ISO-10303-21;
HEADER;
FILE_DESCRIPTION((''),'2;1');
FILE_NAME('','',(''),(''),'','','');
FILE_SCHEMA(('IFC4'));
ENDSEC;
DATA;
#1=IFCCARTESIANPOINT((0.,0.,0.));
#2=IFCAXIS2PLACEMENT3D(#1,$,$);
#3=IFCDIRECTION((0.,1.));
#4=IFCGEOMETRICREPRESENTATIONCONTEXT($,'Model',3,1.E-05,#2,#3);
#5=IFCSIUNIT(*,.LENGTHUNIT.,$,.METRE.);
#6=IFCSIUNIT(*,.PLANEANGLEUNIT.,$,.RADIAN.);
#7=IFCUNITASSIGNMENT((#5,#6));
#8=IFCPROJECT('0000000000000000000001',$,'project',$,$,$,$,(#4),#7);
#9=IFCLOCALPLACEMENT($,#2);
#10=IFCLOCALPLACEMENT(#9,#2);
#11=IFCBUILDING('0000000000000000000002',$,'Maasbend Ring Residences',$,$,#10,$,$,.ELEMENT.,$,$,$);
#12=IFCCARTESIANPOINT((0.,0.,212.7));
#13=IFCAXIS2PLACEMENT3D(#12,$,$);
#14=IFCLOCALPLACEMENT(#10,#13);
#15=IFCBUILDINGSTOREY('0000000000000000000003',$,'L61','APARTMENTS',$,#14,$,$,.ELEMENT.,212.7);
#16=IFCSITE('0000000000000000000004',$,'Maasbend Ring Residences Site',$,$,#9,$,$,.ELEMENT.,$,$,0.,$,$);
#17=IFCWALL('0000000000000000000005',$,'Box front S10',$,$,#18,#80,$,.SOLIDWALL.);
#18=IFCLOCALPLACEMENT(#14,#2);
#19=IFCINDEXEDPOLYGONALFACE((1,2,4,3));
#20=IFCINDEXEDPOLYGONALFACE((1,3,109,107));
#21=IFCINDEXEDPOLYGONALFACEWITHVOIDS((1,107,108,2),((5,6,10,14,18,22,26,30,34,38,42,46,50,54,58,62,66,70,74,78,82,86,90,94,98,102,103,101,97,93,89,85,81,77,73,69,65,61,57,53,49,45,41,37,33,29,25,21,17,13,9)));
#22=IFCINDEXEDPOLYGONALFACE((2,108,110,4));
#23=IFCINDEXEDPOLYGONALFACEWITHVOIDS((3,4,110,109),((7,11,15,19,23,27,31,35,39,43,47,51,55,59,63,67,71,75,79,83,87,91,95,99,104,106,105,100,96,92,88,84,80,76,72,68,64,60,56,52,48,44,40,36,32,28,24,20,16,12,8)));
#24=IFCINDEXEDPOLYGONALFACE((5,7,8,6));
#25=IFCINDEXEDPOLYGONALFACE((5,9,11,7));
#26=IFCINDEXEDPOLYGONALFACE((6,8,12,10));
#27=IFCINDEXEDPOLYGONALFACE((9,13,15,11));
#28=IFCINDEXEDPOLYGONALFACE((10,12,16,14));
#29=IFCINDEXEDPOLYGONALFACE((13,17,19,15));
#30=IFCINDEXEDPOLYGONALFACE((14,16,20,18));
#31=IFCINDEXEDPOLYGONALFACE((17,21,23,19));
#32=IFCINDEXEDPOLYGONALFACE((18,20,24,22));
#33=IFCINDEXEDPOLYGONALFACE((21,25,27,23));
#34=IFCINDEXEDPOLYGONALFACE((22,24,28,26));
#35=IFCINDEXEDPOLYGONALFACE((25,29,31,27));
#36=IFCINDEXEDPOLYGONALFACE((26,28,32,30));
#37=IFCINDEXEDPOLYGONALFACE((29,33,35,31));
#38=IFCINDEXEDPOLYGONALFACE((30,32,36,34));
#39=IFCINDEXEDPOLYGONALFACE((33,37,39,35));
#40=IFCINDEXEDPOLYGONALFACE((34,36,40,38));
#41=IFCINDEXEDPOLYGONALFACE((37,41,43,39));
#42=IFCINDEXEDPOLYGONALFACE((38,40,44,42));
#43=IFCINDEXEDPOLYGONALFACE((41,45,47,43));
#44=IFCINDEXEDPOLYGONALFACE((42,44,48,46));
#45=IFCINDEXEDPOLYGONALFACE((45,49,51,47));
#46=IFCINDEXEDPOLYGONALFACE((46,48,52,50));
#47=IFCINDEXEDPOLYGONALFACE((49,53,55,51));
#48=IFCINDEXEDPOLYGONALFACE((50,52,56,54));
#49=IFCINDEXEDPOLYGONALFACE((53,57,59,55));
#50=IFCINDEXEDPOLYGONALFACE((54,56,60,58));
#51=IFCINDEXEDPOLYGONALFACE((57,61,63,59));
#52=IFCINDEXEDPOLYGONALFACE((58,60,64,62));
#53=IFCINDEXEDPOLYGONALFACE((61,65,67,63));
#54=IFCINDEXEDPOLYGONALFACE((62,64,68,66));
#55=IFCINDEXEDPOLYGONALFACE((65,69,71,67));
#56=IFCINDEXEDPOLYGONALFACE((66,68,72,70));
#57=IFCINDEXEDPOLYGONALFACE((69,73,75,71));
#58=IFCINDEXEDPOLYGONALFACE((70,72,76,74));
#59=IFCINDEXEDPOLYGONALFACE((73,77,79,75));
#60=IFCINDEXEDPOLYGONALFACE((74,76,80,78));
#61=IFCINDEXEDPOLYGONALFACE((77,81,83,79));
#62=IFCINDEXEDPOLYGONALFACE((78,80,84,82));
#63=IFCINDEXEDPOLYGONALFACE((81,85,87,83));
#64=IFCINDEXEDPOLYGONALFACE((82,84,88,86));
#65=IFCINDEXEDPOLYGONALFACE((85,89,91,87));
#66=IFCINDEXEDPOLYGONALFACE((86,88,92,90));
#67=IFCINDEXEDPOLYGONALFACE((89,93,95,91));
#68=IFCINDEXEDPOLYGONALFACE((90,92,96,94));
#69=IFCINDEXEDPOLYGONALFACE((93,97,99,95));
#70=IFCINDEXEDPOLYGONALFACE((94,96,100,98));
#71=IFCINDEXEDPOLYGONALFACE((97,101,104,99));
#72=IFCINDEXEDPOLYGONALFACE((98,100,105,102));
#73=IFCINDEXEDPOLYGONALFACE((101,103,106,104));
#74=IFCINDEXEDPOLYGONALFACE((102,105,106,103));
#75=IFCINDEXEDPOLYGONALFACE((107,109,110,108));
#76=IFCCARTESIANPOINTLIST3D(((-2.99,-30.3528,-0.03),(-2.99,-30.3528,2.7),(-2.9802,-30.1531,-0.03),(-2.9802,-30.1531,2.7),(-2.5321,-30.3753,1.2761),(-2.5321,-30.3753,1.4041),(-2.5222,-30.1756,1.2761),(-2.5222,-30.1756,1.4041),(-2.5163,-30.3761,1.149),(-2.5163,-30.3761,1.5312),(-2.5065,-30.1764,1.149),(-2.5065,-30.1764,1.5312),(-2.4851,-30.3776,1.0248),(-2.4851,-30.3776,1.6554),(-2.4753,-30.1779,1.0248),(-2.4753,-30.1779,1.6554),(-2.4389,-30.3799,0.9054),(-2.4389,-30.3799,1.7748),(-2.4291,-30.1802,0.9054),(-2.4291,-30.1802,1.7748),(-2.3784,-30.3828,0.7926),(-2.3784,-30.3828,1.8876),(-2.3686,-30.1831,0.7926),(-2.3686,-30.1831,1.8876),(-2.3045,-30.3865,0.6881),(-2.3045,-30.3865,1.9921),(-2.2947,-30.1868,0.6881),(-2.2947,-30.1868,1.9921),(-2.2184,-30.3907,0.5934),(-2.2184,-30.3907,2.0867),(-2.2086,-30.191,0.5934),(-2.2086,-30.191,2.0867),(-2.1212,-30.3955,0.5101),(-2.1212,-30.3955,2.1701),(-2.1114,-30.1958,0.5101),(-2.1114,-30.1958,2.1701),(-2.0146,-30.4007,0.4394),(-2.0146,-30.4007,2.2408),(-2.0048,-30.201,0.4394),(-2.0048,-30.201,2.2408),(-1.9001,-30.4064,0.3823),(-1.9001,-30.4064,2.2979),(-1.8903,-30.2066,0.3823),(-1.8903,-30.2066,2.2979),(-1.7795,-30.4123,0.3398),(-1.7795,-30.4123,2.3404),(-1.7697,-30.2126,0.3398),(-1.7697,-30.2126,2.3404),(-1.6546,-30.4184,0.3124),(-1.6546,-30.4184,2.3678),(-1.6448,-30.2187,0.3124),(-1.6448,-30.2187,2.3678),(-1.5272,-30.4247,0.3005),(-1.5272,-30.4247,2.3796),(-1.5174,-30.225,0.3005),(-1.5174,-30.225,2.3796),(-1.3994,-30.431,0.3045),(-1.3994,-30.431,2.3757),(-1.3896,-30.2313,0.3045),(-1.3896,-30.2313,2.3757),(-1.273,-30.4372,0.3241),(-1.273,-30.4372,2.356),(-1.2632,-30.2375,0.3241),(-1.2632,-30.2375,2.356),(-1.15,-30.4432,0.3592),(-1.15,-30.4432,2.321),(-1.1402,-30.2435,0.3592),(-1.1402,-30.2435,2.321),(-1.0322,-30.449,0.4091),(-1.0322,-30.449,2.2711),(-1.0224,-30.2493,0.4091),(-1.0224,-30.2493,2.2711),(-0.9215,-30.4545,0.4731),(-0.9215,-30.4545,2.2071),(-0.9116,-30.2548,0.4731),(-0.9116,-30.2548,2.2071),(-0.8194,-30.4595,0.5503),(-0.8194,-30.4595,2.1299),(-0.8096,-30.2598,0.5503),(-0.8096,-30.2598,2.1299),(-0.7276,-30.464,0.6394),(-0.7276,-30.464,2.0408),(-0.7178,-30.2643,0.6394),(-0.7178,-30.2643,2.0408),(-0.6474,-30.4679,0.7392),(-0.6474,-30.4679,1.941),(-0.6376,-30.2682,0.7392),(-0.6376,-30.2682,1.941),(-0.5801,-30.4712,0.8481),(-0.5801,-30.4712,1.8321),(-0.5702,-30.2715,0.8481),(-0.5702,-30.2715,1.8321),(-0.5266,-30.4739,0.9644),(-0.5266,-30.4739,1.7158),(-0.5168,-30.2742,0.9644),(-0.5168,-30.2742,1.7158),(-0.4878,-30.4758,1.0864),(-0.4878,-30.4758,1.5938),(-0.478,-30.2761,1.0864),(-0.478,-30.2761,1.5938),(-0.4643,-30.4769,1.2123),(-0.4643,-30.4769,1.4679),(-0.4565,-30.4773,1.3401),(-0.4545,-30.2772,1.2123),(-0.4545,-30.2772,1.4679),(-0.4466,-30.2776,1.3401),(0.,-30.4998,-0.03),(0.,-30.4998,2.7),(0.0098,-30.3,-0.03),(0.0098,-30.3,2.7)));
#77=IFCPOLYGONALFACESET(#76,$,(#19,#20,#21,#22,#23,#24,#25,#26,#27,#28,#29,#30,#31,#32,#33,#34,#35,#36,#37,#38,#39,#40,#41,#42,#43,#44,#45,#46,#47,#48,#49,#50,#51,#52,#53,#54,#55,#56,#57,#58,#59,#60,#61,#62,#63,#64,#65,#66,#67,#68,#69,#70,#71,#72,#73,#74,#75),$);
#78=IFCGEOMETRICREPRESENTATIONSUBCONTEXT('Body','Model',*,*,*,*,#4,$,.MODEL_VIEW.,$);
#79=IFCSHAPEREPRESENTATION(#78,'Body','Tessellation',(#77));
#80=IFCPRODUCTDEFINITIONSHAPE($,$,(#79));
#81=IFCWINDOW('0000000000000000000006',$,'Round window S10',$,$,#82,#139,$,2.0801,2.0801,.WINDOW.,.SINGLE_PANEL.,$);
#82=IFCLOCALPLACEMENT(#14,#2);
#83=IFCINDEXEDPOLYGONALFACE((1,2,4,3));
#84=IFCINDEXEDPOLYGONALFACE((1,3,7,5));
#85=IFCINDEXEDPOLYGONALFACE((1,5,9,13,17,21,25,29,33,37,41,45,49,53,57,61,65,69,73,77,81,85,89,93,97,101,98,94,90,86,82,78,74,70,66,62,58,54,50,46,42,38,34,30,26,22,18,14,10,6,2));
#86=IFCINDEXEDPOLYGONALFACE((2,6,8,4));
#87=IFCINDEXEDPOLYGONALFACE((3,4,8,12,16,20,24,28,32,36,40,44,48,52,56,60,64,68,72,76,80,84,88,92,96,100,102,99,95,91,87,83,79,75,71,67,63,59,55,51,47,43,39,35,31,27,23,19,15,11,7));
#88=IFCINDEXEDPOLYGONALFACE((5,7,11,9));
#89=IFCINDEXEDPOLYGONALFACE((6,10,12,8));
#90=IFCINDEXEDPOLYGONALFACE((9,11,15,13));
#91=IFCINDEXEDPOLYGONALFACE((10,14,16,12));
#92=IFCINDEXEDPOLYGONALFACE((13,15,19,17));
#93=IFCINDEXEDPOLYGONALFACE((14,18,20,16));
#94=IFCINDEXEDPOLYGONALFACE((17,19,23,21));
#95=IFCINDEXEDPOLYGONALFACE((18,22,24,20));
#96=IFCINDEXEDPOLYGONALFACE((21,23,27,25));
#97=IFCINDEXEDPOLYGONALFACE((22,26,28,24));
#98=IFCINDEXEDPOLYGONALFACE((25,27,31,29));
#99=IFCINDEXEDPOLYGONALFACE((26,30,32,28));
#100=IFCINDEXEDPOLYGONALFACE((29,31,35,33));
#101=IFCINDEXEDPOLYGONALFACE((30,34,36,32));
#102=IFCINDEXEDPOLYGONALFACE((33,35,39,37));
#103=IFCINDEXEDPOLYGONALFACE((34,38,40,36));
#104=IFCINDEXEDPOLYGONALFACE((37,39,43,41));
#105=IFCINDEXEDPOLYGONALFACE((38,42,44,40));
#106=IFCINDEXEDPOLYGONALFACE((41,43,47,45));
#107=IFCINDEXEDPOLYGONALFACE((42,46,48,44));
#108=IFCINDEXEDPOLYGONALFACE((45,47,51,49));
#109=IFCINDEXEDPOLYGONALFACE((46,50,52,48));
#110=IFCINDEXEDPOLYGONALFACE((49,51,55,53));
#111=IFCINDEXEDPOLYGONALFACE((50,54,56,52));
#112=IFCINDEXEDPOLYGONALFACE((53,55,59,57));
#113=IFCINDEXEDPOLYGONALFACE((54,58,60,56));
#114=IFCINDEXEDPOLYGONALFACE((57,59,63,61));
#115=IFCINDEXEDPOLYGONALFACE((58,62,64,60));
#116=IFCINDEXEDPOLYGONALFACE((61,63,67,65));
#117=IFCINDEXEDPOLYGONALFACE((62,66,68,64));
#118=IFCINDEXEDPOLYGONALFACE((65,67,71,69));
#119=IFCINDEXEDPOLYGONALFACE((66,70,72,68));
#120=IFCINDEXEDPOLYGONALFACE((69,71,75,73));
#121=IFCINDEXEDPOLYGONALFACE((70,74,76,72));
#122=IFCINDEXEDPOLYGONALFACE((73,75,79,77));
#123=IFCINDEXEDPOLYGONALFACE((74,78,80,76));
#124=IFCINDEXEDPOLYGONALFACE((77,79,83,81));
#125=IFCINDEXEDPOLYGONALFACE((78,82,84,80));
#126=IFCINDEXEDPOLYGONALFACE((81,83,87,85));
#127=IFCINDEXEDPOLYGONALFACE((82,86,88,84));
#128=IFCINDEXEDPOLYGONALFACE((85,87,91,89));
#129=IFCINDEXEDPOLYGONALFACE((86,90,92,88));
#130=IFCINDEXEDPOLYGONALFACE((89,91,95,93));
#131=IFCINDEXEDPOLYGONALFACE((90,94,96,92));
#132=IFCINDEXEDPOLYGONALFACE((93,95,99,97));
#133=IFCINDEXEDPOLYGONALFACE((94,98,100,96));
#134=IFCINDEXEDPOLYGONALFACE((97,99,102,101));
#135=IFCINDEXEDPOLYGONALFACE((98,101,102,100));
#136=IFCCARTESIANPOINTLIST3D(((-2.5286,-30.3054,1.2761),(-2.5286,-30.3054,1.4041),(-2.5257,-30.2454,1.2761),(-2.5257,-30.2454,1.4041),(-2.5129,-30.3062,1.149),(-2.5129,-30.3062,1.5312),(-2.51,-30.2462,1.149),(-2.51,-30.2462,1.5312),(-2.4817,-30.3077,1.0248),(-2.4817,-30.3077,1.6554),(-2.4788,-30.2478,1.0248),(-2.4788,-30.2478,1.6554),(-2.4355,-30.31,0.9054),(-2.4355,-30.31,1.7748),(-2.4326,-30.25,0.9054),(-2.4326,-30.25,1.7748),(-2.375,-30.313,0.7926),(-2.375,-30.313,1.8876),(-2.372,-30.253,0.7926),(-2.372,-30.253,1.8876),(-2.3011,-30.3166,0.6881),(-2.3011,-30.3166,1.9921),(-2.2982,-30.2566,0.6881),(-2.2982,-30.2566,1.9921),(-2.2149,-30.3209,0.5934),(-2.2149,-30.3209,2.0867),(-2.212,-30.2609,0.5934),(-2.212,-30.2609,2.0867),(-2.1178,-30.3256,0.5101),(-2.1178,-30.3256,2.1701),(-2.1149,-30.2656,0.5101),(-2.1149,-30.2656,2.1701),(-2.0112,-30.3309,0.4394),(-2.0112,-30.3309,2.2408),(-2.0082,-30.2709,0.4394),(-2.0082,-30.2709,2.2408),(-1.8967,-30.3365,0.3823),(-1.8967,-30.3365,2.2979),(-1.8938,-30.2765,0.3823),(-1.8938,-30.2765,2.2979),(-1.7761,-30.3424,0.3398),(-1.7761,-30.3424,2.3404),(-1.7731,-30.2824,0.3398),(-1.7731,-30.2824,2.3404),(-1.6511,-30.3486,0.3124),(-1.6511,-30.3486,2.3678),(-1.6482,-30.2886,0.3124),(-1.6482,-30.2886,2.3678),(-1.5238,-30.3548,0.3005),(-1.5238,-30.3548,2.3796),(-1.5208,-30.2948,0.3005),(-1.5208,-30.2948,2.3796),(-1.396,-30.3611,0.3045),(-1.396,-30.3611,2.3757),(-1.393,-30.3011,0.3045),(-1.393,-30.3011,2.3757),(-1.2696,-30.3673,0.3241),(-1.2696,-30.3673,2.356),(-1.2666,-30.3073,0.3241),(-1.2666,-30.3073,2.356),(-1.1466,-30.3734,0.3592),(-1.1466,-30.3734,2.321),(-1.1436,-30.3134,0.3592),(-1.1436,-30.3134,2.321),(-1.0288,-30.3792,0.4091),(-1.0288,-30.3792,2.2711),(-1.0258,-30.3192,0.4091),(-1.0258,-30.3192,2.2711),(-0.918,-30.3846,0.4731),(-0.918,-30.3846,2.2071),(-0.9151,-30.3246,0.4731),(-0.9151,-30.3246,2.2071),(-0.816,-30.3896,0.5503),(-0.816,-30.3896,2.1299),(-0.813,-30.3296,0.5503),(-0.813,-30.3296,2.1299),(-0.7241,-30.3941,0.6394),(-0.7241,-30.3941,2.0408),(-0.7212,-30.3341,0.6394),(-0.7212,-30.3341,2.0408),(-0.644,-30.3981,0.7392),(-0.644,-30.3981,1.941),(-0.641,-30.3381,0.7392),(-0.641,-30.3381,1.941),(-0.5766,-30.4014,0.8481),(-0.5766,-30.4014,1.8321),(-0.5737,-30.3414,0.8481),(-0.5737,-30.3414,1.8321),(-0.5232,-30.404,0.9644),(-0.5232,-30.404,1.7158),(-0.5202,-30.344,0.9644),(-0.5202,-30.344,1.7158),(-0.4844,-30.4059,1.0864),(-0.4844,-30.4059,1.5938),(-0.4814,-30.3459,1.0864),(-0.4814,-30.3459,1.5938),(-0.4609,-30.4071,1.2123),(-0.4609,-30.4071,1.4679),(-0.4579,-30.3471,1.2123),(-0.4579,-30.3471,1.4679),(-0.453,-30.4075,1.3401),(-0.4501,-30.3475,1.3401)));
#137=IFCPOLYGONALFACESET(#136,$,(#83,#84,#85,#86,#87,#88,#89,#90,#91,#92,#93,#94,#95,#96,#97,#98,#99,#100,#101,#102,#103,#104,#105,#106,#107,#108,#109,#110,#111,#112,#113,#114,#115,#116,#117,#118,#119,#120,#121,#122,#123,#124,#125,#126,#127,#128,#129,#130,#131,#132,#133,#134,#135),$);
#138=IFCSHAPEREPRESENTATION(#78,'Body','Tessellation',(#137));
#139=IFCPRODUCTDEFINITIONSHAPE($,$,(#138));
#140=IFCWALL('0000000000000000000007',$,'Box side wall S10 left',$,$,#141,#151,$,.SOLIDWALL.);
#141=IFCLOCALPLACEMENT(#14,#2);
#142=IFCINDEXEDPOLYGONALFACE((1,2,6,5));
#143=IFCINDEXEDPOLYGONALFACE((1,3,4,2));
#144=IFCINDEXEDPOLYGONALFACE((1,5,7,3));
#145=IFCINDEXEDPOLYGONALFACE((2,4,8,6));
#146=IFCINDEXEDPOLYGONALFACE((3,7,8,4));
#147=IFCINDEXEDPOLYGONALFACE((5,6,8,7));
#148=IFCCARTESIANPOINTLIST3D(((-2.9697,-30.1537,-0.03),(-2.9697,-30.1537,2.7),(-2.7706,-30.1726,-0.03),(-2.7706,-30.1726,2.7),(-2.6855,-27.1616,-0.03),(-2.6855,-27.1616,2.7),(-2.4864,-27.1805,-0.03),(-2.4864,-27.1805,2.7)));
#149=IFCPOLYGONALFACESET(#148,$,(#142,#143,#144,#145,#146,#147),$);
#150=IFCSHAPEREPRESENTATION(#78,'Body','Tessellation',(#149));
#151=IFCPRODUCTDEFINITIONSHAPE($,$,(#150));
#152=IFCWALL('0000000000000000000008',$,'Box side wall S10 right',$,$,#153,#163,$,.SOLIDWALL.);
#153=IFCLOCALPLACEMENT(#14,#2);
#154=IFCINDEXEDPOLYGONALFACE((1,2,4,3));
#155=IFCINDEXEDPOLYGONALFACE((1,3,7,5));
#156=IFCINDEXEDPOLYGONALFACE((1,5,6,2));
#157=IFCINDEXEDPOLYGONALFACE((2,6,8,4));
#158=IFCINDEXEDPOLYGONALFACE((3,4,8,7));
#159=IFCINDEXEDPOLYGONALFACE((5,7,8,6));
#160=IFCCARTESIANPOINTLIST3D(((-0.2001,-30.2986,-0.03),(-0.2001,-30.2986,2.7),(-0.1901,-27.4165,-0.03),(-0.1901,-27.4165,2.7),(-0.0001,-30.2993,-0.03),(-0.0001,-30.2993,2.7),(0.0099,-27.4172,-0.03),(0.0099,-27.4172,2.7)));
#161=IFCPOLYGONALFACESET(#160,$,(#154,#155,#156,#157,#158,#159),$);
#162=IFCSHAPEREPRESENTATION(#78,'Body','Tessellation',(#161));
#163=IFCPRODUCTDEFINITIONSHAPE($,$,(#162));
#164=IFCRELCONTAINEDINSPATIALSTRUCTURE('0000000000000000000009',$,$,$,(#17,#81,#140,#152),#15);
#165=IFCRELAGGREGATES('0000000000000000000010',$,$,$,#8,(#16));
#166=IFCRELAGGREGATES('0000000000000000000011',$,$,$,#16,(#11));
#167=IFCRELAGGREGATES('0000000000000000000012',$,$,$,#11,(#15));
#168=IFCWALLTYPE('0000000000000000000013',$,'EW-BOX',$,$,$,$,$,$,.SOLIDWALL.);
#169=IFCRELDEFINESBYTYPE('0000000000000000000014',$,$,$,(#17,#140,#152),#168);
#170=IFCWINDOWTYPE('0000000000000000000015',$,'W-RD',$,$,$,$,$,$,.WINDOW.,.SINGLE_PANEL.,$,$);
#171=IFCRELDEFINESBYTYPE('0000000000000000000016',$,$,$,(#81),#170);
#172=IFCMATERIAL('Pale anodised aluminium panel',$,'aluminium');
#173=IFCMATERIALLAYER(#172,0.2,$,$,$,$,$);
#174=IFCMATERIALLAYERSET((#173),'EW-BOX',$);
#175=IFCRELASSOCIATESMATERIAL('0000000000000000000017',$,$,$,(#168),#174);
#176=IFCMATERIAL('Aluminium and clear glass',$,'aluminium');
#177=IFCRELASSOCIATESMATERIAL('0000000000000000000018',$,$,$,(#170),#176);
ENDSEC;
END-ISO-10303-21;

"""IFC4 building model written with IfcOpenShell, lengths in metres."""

from ifc_helpers import new_model, si_unit, direction, frame, frame_2d, origin, place, context, subcontext, project, spatial, rectangle, circle, extrude, material, layer, layer_set, type_object, element, fill, save


model = new_model("IFC4")

# Units and contexts
model_context = context("Model", 3, precision=1e-05, world=origin(), true_north=direction((0.0, 1.0)))
body_context = subcontext(model_context, "Body", "Model", "MODEL_VIEW")
ifc_project = project(units=[si_unit("LENGTHUNIT", "METRE"), si_unit("PLANEANGLEUNIT", "RADIAN")], contexts=[model_context])

# Site, building, storey
site_placement = place(None, origin())
site = spatial("IfcSite", under=ifc_project, at=site_placement, Name="Maasbend Ring Residences Site", CompositionType="ELEMENT", RefElevation=0.0)
building_placement = place(site_placement, origin())
building = spatial("IfcBuilding", under=site, at=building_placement, Name="Maasbend Ring Residences", CompositionType="ELEMENT")
storey_placement = place(building_placement, frame((0.0, 0.0, 212.7)))
storey = spatial("IfcBuildingStorey", under=building, at=storey_placement, Name="L61", Description="APARTMENTS", CompositionType="ELEMENT", Elevation=212.7)

# Shared definitions
ifc_material_1 = material(Name="Pale anodised aluminium panel", Category="aluminium")
ifc_layer_1 = layer(ifc_material_1, 0.2)
ifc_layer_set_1 = layer_set([ifc_layer_1], Name="EW-BOX")
wall_type_1 = type_object("IfcWallType", Name="EW-BOX", PredefinedType="SOLIDWALL", material=ifc_layer_set_1)
ifc_material_2 = material(Name="Aluminium and clear glass", Category="aluminium")
window_type_1 = type_object("IfcWindowType", Name="W-RD", PartitioningType="SINGLE_PANEL", PredefinedType="WINDOW", material=ifc_material_2)

# Wall, opening, window
wall_1_placement = place(storey_placement, frame((-2.9851, -30.2529, -0.03), z_axis=(0.0, 0.0, 1.0), x_axis=(0.998794, -0.049096, 0.0)))
wall_1 = element("IfcWall", 1, at=wall_1_placement, inside=storey, type_object=wall_type_1, Name="Box front S10", PredefinedType="SOLIDWALL", context=body_context, shape_type="SweptSolid", body=[
    extrude(rectangle(XDim=2.9937, YDim=0.2, at=frame_2d((1.4968, 0.0))), origin(), (0.0, 0.0, 1.0), 2.73),
])
opening_1_placement = place(wall_1_placement, frame((0.4565, 0.0, 0.3301)))
opening_1 = element("IfcOpeningElement", 2, at=opening_1_placement, cuts=wall_1, PredefinedType="OPENING", context=body_context, shape_type="SweptSolid", body=[
    extrude(circle(Radius=1.04, at=frame_2d((1.04, 1.04))), frame((0.0, 0.1099, 0.0), z_axis=(0.0, -1.0, 0.0), x_axis=(1.0, 0.0, 0.0)), (0.0, 0.0, 1.0), 0.22),
])
window_1_placement = place(opening_1_placement, origin())
window_1 = element("IfcWindow", 3, at=window_1_placement, inside=storey, type_object=window_type_1, Name="Round window S10", OverallHeight=2.0801, OverallWidth=2.0801, PartitioningType="SINGLE_PANEL", PredefinedType="WINDOW", context=body_context, shape_type="SweptSolid", body=[
    extrude(circle(Radius=1.04, at=frame_2d((1.04, 1.04))), frame((0.0, 0.03, 0.0), z_axis=(0.0, -1.0, 0.0), x_axis=(1.0, 0.0, 0.0)), (0.0, 0.0, 1.0), 0.0601),
])
fill(opening_1, window_1)

# Walls
wall_2_placement = place(storey_placement, frame((-2.5859, -27.1709, -0.03), z_axis=(0.0, 0.0, 1.0), x_axis=(-0.094548, -0.99552, 0.0)))
element("IfcWall", 4, at=wall_2_placement, inside=storey, type_object=wall_type_1, Name="Box side wall S10 left", PredefinedType="SOLIDWALL", context=body_context, shape_type="SweptSolid", body=[
    extrude(rectangle(XDim=3.0056, YDim=0.2, at=frame_2d((1.5029, 0.0))), origin(), (0.0, 0.0, 1.0), 2.73),
])
wall_3_placement = place(storey_placement, frame((-0.0901, -27.417, -0.03), z_axis=(0.0, 0.0, 1.0), x_axis=(-0.003473, -0.999994, 0.0)))
element("IfcWall", 5, at=wall_3_placement, inside=storey, type_object=wall_type_1, Name="Box side wall S10 right", PredefinedType="SOLIDWALL", context=body_context, shape_type="SweptSolid", body=[
    extrude(rectangle(XDim=2.8821, YDim=0.2, at=frame_2d((1.4409, 0.0))), origin(), (0.0, 0.0, 1.0), 2.73),
])

save(model, "model.ifc")
